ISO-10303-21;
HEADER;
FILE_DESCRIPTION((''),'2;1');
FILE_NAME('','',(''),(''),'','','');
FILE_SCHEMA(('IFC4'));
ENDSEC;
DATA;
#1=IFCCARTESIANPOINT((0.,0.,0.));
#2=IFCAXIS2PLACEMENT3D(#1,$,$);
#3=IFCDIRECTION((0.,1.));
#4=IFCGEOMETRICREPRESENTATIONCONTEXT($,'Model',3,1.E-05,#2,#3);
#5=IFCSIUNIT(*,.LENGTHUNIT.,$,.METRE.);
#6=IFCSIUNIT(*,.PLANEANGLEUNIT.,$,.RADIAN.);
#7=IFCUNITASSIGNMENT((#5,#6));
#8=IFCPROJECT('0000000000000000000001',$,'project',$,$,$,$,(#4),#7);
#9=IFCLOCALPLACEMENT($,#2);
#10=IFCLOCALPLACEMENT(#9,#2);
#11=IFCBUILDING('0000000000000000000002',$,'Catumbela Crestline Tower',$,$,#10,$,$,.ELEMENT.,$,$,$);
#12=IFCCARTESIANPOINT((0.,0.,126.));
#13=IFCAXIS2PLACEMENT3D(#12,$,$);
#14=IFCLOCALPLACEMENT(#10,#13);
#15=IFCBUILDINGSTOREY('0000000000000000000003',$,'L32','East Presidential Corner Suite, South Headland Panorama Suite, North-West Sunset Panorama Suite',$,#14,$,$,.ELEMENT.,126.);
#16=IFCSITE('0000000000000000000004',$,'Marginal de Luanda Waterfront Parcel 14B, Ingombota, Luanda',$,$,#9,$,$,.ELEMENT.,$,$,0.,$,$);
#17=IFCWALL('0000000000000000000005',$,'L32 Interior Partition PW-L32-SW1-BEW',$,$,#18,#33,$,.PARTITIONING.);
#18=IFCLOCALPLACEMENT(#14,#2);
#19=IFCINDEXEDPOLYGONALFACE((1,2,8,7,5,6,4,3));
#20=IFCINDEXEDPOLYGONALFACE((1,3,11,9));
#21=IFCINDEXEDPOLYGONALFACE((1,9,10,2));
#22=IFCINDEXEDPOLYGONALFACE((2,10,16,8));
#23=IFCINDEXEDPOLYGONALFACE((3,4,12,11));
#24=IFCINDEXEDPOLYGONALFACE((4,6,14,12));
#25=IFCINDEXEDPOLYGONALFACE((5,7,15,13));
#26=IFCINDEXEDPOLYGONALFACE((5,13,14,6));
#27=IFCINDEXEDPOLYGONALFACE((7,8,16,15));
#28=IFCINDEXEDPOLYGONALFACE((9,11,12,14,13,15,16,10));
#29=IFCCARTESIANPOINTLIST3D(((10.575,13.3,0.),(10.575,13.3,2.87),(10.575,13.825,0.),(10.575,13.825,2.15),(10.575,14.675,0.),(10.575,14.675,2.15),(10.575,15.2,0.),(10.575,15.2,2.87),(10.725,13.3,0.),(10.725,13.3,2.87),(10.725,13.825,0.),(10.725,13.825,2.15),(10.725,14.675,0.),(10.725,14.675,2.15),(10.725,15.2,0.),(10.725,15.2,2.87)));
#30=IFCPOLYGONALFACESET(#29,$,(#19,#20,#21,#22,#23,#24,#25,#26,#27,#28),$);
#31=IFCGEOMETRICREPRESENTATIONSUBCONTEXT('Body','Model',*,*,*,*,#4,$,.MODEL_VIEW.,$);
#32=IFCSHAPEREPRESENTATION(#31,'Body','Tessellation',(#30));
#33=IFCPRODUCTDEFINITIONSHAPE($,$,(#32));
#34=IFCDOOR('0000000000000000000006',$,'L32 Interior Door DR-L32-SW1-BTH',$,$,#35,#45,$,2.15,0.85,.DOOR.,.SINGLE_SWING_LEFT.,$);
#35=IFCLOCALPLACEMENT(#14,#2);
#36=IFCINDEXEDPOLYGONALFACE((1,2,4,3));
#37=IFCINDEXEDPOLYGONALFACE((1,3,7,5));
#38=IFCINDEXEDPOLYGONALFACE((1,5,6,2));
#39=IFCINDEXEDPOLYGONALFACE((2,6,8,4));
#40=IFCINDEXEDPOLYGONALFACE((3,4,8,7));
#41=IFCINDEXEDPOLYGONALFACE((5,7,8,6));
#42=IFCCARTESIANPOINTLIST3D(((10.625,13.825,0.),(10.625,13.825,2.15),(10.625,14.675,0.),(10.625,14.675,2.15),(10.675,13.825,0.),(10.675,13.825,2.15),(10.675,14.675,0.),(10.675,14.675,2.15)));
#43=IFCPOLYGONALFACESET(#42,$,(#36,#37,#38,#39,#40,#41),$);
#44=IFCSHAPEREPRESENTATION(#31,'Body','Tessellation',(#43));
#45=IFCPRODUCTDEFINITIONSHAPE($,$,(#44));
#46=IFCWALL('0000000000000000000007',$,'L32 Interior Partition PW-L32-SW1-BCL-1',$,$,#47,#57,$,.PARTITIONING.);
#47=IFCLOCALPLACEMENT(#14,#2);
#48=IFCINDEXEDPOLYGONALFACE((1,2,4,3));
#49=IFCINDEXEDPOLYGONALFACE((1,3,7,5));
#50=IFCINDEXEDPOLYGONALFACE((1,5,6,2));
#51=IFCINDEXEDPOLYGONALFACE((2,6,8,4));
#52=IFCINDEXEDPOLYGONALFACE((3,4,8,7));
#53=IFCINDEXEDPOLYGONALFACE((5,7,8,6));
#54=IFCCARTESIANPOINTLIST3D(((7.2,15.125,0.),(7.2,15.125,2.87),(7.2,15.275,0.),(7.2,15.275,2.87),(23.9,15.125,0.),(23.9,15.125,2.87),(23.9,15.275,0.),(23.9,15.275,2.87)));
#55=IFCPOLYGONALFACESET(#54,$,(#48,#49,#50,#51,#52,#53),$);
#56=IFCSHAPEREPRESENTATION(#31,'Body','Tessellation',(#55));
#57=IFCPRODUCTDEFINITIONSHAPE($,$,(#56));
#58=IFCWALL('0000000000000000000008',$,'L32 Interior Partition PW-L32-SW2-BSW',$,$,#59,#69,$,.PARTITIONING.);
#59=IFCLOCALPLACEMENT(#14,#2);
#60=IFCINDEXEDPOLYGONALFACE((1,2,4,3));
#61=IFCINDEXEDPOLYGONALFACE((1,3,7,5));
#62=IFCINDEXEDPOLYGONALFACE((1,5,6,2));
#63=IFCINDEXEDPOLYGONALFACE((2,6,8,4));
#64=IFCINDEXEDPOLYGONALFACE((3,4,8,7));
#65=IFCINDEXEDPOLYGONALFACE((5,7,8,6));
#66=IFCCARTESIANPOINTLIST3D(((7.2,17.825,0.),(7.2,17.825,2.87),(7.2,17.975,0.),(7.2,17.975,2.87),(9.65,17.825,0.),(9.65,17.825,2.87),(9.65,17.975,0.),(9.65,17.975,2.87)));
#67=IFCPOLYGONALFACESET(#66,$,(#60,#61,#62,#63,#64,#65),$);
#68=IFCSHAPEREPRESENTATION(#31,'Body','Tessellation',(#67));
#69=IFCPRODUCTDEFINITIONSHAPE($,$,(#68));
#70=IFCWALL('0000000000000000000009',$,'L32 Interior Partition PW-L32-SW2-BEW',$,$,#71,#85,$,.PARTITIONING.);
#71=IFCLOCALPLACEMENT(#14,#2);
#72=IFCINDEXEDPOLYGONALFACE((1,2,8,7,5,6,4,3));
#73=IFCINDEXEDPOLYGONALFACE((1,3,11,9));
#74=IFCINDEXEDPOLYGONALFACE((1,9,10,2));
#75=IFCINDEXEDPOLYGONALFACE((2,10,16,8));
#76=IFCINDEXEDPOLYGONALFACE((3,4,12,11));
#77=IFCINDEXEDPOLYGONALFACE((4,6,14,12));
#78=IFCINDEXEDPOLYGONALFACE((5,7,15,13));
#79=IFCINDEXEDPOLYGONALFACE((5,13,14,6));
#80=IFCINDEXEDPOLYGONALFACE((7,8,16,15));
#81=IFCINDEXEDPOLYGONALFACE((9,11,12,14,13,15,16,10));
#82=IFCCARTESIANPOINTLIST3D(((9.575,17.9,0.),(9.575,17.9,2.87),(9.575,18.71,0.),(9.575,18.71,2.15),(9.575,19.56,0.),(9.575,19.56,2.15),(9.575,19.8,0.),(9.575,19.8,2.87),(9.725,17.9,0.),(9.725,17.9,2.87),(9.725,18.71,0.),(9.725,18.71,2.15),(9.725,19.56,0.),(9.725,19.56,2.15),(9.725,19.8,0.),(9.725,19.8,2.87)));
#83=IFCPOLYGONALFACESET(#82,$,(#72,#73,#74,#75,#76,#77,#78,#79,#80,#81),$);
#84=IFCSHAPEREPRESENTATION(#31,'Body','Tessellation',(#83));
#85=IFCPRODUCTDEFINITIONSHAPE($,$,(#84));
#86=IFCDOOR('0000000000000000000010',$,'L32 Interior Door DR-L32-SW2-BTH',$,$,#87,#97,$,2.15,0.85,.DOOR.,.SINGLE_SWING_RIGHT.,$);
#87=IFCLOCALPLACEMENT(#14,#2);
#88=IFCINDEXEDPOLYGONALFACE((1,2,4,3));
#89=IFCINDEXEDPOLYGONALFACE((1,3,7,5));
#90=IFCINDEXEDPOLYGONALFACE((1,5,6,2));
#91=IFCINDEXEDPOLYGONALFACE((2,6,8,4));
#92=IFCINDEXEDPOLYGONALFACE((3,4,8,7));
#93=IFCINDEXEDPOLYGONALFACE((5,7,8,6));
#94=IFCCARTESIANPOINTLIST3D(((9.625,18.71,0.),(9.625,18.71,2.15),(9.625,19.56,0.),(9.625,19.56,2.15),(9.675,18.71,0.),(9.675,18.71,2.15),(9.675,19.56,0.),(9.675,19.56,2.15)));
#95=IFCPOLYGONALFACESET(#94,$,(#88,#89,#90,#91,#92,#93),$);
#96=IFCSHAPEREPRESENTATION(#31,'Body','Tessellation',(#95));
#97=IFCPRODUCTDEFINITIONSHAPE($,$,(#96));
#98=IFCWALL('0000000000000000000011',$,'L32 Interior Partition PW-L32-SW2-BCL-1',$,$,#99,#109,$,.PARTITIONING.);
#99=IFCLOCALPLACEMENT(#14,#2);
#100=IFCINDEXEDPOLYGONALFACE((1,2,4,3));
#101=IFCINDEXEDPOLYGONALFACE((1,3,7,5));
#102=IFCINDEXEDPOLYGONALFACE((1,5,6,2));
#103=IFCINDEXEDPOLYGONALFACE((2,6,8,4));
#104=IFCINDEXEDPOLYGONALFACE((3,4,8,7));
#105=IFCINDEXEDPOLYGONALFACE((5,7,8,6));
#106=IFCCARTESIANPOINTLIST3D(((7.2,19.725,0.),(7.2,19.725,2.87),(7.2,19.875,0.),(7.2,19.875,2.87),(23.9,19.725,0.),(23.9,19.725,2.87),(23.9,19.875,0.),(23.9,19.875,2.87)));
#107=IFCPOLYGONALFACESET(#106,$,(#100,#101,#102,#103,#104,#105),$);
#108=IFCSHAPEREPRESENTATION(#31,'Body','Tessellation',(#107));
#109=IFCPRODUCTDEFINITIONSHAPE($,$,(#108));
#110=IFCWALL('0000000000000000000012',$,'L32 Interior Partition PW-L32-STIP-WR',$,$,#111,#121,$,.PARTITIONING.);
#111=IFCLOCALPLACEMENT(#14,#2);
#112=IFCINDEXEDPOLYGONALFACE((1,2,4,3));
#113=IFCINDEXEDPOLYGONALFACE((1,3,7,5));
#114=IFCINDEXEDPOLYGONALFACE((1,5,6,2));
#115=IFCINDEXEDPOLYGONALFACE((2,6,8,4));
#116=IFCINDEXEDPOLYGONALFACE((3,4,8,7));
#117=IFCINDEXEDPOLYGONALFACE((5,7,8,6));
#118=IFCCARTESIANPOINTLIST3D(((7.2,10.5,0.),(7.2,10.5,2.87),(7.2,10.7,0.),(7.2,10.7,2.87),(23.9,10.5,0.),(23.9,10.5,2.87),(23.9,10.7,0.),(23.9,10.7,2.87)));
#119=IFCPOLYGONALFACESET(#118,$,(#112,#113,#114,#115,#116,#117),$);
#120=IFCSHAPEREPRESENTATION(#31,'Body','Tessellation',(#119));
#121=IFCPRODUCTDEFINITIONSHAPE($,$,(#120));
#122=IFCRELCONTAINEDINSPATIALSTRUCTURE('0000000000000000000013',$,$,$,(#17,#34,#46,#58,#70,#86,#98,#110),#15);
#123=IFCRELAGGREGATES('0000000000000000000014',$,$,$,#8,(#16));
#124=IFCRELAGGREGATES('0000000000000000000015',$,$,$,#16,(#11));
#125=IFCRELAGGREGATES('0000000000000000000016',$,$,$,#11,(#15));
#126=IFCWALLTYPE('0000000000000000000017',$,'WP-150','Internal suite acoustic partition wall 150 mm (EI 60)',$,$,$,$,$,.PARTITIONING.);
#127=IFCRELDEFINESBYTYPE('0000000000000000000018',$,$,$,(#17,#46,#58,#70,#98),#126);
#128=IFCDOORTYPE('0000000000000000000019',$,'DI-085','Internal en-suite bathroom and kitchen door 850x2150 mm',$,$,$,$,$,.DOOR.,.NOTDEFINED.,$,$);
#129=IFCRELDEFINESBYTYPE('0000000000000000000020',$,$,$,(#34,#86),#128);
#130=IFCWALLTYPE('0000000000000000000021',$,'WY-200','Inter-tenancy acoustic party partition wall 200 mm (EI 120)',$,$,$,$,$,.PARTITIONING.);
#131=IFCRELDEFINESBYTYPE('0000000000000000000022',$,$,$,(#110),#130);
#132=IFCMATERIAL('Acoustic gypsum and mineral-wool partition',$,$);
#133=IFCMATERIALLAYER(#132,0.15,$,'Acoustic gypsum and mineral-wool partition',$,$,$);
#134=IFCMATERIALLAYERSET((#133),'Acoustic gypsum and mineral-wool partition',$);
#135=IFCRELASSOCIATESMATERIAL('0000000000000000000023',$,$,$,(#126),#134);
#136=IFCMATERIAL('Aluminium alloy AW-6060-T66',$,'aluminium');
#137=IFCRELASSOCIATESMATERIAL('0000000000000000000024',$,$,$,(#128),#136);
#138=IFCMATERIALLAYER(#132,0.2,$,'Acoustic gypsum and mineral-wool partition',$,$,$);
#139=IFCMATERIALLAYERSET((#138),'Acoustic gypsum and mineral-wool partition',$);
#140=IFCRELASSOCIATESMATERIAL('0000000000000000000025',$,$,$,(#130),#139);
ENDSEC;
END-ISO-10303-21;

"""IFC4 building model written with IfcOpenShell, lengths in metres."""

from ifc_helpers import new_model, si_unit, direction, frame, frame_2d, origin, place, context, subcontext, project, spatial, rectangle, extrude, material, layer, layer_set, type_object, element, fill, save


model = new_model("IFC4")

# Units and contexts
model_context = context("Model", 3, precision=1e-05, world=origin(), true_north=direction((0.0, 1.0)))
body_context = subcontext(model_context, "Body", "Model", "MODEL_VIEW")
ifc_project = project(units=[si_unit("LENGTHUNIT", "METRE"), si_unit("PLANEANGLEUNIT", "RADIAN")], contexts=[model_context])

# Site, building, storey
site_placement = place(None, origin())
site = spatial("IfcSite", under=ifc_project, at=site_placement, Name="Marginal de Luanda Waterfront Parcel 14B, Ingombota, Luanda", CompositionType="ELEMENT", RefElevation=0.0)
building_placement = place(site_placement, origin())
building = spatial("IfcBuilding", under=site, at=building_placement, Name="Catumbela Crestline Tower", CompositionType="ELEMENT")
storey_placement = place(building_placement, frame((0.0, 0.0, 126.0)))
storey = spatial("IfcBuildingStorey", under=building, at=storey_placement, Name="L32", Description="East Presidential Corner Suite, South Headland Panorama Suite, North-West Sunset Panorama Suite", CompositionType="ELEMENT", Elevation=126.0)

# Shared definitions
ifc_material_1 = material(Name="Acoustic gypsum and mineral-wool partition")
ifc_material_2 = material(Name="Aluminium alloy AW-6060-T66", Category="aluminium")

# Shared definitions
ifc_layer_1 = layer(ifc_material_1, 0.15, Name="Acoustic gypsum and mineral-wool partition")
ifc_layer_set_1 = layer_set([ifc_layer_1], Name="Acoustic gypsum and mineral-wool partition")
wall_type_1 = type_object("IfcWallType", Name="WP-150", Description="Internal suite acoustic partition wall 150 mm (EI 60)", PredefinedType="PARTITIONING", material=ifc_layer_set_1)

# Wall, opening, door
wall_1_placement = place(storey_placement, frame((10.65, 13.3, 0.0), z_axis=(0.0, 0.0, 1.0), x_axis=(0.0, 1.0, 0.0)))
wall_1 = element("IfcWall", 1, at=wall_1_placement, inside=storey, type_object=wall_type_1, Name="L32 Interior Partition PW-L32-SW1-BEW", PredefinedType="PARTITIONING", context=body_context, shape_type="SweptSolid", body=[
    extrude(rectangle(XDim=1.9, YDim=0.15, at=frame_2d((0.95, 0.0))), origin(), (0.0, 0.0, 1.0), 2.87),
])
opening_1_placement = place(wall_1_placement, frame((0.525, 0.0, 0.0)))
opening_1 = element("IfcOpeningElement", 2, at=opening_1_placement, cuts=wall_1, PredefinedType="OPENING", context=body_context, shape_type="SweptSolid", body=[
    extrude(rectangle(XDim=0.85, YDim=2.15, at=frame_2d((0.425, 1.075))), frame((0.0, 0.085, 0.0), z_axis=(0.0, -1.0, 0.0), x_axis=(1.0, 0.0, 0.0)), (0.0, 0.0, 1.0), 0.17),
])
door_type_1 = type_object("IfcDoorType", Name="DI-085", Description="Internal en-suite bathroom and kitchen door 850x2150 mm", OperationType="NOTDEFINED", PredefinedType="DOOR", material=ifc_material_2)
door_1_placement = place(opening_1_placement, origin())
door_1 = element("IfcDoor", 3, at=door_1_placement, inside=storey, type_object=door_type_1, Name="L32 Interior Door DR-L32-SW1-BTH", OperationType="SINGLE_SWING_LEFT", OverallHeight=2.15, OverallWidth=0.85, PredefinedType="DOOR", context=body_context, shape_type="SweptSolid", body=[
    extrude(rectangle(XDim=0.85, YDim=2.15, at=frame_2d((0.425, 1.075))), frame((0.0, 0.025, 0.0), z_axis=(0.0, -1.0, 0.0), x_axis=(1.0, 0.0, 0.0)), (0.0, 0.0, 1.0), 0.05),
])
fill(opening_1, door_1)

# Walls
wall_2_placement = place(storey_placement, frame((7.2, 15.2, 0.0), z_axis=(0.0, 0.0, 1.0), x_axis=(1.0, 0.0, 0.0)))
element("IfcWall", 4, at=wall_2_placement, inside=storey, type_object=wall_type_1, Name="L32 Interior Partition PW-L32-SW1-BCL-1", PredefinedType="PARTITIONING", context=body_context, shape_type="SweptSolid", body=[
    extrude(rectangle(XDim=16.7, YDim=0.15, at=frame_2d((8.35, 0.0))), origin(), (0.0, 0.0, 1.0), 2.87),
])
wall_3_placement = place(storey_placement, frame((7.2, 17.9, 0.0), z_axis=(0.0, 0.0, 1.0), x_axis=(1.0, 0.0, 0.0)))
element("IfcWall", 5, at=wall_3_placement, inside=storey, type_object=wall_type_1, Name="L32 Interior Partition PW-L32-SW2-BSW", PredefinedType="PARTITIONING", context=body_context, shape_type="SweptSolid", body=[
    extrude(rectangle(XDim=2.45, YDim=0.15, at=frame_2d((1.225, 0.0))), origin(), (0.0, 0.0, 1.0), 2.87),
])

# Wall, opening, door
wall_4_placement = place(storey_placement, frame((9.65, 17.9, 0.0), z_axis=(0.0, 0.0, 1.0), x_axis=(0.0, 1.0, 0.0)))
wall_4 = element("IfcWall", 6, at=wall_4_placement, inside=storey, type_object=wall_type_1, Name="L32 Interior Partition PW-L32-SW2-BEW", PredefinedType="PARTITIONING", context=body_context, shape_type="SweptSolid", body=[
    extrude(rectangle(XDim=1.9, YDim=0.15, at=frame_2d((0.95, 0.0))), origin(), (0.0, 0.0, 1.0), 2.87),
])
opening_2_placement = place(wall_4_placement, frame((0.81, 0.0, 0.0)))
opening_2 = element("IfcOpeningElement", 7, at=opening_2_placement, cuts=wall_4, PredefinedType="OPENING", context=body_context, shape_type="SweptSolid", body=[
    extrude(rectangle(XDim=0.85, YDim=2.15, at=frame_2d((0.425, 1.075))), frame((0.0, 0.085, 0.0), z_axis=(0.0, -1.0, 0.0), x_axis=(1.0, 0.0, 0.0)), (0.0, 0.0, 1.0), 0.17),
])
door_2_placement = place(opening_2_placement, origin())
door_2 = element("IfcDoor", 8, at=door_2_placement, inside=storey, type_object=door_type_1, Name="L32 Interior Door DR-L32-SW2-BTH", OperationType="SINGLE_SWING_RIGHT", OverallHeight=2.15, OverallWidth=0.85, PredefinedType="DOOR", context=body_context, shape_type="SweptSolid", body=[
    extrude(rectangle(XDim=0.85, YDim=2.15, at=frame_2d((0.425, 1.075))), frame((0.0, 0.025, 0.0), z_axis=(0.0, -1.0, 0.0), x_axis=(1.0, 0.0, 0.0)), (0.0, 0.0, 1.0), 0.05),
])
fill(opening_2, door_2)

# Walls
wall_5_placement = place(storey_placement, frame((7.2, 19.8, 0.0), z_axis=(0.0, 0.0, 1.0), x_axis=(1.0, 0.0, 0.0)))
element("IfcWall", 9, at=wall_5_placement, inside=storey, type_object=wall_type_1, Name="L32 Interior Partition PW-L32-SW2-BCL-1", PredefinedType="PARTITIONING", context=body_context, shape_type="SweptSolid", body=[
    extrude(rectangle(XDim=16.7, YDim=0.15, at=frame_2d((8.35, 0.0))), origin(), (0.0, 0.0, 1.0), 2.87),
])
ifc_layer_2 = layer(ifc_material_1, 0.2, Name="Acoustic gypsum and mineral-wool partition")
ifc_layer_set_2 = layer_set([ifc_layer_2], Name="Acoustic gypsum and mineral-wool partition")
wall_type_2 = type_object("IfcWallType", Name="WY-200", Description="Inter-tenancy acoustic party partition wall 200 mm (EI 120)", PredefinedType="PARTITIONING", material=ifc_layer_set_2)
wall_6_placement = place(storey_placement, frame((7.2, 10.6, 0.0), z_axis=(0.0, 0.0, 1.0), x_axis=(1.0, 0.0, 0.0)))
element("IfcWall", 10, at=wall_6_placement, inside=storey, type_object=wall_type_2, Name="L32 Interior Partition PW-L32-STIP-WR", PredefinedType="PARTITIONING", context=body_context, shape_type="SweptSolid", body=[
    extrude(rectangle(XDim=16.7, YDim=0.2, at=frame_2d((8.35, 0.0))), origin(), (0.0, 0.0, 1.0), 2.87),
])

save(model, "model.ifc")
